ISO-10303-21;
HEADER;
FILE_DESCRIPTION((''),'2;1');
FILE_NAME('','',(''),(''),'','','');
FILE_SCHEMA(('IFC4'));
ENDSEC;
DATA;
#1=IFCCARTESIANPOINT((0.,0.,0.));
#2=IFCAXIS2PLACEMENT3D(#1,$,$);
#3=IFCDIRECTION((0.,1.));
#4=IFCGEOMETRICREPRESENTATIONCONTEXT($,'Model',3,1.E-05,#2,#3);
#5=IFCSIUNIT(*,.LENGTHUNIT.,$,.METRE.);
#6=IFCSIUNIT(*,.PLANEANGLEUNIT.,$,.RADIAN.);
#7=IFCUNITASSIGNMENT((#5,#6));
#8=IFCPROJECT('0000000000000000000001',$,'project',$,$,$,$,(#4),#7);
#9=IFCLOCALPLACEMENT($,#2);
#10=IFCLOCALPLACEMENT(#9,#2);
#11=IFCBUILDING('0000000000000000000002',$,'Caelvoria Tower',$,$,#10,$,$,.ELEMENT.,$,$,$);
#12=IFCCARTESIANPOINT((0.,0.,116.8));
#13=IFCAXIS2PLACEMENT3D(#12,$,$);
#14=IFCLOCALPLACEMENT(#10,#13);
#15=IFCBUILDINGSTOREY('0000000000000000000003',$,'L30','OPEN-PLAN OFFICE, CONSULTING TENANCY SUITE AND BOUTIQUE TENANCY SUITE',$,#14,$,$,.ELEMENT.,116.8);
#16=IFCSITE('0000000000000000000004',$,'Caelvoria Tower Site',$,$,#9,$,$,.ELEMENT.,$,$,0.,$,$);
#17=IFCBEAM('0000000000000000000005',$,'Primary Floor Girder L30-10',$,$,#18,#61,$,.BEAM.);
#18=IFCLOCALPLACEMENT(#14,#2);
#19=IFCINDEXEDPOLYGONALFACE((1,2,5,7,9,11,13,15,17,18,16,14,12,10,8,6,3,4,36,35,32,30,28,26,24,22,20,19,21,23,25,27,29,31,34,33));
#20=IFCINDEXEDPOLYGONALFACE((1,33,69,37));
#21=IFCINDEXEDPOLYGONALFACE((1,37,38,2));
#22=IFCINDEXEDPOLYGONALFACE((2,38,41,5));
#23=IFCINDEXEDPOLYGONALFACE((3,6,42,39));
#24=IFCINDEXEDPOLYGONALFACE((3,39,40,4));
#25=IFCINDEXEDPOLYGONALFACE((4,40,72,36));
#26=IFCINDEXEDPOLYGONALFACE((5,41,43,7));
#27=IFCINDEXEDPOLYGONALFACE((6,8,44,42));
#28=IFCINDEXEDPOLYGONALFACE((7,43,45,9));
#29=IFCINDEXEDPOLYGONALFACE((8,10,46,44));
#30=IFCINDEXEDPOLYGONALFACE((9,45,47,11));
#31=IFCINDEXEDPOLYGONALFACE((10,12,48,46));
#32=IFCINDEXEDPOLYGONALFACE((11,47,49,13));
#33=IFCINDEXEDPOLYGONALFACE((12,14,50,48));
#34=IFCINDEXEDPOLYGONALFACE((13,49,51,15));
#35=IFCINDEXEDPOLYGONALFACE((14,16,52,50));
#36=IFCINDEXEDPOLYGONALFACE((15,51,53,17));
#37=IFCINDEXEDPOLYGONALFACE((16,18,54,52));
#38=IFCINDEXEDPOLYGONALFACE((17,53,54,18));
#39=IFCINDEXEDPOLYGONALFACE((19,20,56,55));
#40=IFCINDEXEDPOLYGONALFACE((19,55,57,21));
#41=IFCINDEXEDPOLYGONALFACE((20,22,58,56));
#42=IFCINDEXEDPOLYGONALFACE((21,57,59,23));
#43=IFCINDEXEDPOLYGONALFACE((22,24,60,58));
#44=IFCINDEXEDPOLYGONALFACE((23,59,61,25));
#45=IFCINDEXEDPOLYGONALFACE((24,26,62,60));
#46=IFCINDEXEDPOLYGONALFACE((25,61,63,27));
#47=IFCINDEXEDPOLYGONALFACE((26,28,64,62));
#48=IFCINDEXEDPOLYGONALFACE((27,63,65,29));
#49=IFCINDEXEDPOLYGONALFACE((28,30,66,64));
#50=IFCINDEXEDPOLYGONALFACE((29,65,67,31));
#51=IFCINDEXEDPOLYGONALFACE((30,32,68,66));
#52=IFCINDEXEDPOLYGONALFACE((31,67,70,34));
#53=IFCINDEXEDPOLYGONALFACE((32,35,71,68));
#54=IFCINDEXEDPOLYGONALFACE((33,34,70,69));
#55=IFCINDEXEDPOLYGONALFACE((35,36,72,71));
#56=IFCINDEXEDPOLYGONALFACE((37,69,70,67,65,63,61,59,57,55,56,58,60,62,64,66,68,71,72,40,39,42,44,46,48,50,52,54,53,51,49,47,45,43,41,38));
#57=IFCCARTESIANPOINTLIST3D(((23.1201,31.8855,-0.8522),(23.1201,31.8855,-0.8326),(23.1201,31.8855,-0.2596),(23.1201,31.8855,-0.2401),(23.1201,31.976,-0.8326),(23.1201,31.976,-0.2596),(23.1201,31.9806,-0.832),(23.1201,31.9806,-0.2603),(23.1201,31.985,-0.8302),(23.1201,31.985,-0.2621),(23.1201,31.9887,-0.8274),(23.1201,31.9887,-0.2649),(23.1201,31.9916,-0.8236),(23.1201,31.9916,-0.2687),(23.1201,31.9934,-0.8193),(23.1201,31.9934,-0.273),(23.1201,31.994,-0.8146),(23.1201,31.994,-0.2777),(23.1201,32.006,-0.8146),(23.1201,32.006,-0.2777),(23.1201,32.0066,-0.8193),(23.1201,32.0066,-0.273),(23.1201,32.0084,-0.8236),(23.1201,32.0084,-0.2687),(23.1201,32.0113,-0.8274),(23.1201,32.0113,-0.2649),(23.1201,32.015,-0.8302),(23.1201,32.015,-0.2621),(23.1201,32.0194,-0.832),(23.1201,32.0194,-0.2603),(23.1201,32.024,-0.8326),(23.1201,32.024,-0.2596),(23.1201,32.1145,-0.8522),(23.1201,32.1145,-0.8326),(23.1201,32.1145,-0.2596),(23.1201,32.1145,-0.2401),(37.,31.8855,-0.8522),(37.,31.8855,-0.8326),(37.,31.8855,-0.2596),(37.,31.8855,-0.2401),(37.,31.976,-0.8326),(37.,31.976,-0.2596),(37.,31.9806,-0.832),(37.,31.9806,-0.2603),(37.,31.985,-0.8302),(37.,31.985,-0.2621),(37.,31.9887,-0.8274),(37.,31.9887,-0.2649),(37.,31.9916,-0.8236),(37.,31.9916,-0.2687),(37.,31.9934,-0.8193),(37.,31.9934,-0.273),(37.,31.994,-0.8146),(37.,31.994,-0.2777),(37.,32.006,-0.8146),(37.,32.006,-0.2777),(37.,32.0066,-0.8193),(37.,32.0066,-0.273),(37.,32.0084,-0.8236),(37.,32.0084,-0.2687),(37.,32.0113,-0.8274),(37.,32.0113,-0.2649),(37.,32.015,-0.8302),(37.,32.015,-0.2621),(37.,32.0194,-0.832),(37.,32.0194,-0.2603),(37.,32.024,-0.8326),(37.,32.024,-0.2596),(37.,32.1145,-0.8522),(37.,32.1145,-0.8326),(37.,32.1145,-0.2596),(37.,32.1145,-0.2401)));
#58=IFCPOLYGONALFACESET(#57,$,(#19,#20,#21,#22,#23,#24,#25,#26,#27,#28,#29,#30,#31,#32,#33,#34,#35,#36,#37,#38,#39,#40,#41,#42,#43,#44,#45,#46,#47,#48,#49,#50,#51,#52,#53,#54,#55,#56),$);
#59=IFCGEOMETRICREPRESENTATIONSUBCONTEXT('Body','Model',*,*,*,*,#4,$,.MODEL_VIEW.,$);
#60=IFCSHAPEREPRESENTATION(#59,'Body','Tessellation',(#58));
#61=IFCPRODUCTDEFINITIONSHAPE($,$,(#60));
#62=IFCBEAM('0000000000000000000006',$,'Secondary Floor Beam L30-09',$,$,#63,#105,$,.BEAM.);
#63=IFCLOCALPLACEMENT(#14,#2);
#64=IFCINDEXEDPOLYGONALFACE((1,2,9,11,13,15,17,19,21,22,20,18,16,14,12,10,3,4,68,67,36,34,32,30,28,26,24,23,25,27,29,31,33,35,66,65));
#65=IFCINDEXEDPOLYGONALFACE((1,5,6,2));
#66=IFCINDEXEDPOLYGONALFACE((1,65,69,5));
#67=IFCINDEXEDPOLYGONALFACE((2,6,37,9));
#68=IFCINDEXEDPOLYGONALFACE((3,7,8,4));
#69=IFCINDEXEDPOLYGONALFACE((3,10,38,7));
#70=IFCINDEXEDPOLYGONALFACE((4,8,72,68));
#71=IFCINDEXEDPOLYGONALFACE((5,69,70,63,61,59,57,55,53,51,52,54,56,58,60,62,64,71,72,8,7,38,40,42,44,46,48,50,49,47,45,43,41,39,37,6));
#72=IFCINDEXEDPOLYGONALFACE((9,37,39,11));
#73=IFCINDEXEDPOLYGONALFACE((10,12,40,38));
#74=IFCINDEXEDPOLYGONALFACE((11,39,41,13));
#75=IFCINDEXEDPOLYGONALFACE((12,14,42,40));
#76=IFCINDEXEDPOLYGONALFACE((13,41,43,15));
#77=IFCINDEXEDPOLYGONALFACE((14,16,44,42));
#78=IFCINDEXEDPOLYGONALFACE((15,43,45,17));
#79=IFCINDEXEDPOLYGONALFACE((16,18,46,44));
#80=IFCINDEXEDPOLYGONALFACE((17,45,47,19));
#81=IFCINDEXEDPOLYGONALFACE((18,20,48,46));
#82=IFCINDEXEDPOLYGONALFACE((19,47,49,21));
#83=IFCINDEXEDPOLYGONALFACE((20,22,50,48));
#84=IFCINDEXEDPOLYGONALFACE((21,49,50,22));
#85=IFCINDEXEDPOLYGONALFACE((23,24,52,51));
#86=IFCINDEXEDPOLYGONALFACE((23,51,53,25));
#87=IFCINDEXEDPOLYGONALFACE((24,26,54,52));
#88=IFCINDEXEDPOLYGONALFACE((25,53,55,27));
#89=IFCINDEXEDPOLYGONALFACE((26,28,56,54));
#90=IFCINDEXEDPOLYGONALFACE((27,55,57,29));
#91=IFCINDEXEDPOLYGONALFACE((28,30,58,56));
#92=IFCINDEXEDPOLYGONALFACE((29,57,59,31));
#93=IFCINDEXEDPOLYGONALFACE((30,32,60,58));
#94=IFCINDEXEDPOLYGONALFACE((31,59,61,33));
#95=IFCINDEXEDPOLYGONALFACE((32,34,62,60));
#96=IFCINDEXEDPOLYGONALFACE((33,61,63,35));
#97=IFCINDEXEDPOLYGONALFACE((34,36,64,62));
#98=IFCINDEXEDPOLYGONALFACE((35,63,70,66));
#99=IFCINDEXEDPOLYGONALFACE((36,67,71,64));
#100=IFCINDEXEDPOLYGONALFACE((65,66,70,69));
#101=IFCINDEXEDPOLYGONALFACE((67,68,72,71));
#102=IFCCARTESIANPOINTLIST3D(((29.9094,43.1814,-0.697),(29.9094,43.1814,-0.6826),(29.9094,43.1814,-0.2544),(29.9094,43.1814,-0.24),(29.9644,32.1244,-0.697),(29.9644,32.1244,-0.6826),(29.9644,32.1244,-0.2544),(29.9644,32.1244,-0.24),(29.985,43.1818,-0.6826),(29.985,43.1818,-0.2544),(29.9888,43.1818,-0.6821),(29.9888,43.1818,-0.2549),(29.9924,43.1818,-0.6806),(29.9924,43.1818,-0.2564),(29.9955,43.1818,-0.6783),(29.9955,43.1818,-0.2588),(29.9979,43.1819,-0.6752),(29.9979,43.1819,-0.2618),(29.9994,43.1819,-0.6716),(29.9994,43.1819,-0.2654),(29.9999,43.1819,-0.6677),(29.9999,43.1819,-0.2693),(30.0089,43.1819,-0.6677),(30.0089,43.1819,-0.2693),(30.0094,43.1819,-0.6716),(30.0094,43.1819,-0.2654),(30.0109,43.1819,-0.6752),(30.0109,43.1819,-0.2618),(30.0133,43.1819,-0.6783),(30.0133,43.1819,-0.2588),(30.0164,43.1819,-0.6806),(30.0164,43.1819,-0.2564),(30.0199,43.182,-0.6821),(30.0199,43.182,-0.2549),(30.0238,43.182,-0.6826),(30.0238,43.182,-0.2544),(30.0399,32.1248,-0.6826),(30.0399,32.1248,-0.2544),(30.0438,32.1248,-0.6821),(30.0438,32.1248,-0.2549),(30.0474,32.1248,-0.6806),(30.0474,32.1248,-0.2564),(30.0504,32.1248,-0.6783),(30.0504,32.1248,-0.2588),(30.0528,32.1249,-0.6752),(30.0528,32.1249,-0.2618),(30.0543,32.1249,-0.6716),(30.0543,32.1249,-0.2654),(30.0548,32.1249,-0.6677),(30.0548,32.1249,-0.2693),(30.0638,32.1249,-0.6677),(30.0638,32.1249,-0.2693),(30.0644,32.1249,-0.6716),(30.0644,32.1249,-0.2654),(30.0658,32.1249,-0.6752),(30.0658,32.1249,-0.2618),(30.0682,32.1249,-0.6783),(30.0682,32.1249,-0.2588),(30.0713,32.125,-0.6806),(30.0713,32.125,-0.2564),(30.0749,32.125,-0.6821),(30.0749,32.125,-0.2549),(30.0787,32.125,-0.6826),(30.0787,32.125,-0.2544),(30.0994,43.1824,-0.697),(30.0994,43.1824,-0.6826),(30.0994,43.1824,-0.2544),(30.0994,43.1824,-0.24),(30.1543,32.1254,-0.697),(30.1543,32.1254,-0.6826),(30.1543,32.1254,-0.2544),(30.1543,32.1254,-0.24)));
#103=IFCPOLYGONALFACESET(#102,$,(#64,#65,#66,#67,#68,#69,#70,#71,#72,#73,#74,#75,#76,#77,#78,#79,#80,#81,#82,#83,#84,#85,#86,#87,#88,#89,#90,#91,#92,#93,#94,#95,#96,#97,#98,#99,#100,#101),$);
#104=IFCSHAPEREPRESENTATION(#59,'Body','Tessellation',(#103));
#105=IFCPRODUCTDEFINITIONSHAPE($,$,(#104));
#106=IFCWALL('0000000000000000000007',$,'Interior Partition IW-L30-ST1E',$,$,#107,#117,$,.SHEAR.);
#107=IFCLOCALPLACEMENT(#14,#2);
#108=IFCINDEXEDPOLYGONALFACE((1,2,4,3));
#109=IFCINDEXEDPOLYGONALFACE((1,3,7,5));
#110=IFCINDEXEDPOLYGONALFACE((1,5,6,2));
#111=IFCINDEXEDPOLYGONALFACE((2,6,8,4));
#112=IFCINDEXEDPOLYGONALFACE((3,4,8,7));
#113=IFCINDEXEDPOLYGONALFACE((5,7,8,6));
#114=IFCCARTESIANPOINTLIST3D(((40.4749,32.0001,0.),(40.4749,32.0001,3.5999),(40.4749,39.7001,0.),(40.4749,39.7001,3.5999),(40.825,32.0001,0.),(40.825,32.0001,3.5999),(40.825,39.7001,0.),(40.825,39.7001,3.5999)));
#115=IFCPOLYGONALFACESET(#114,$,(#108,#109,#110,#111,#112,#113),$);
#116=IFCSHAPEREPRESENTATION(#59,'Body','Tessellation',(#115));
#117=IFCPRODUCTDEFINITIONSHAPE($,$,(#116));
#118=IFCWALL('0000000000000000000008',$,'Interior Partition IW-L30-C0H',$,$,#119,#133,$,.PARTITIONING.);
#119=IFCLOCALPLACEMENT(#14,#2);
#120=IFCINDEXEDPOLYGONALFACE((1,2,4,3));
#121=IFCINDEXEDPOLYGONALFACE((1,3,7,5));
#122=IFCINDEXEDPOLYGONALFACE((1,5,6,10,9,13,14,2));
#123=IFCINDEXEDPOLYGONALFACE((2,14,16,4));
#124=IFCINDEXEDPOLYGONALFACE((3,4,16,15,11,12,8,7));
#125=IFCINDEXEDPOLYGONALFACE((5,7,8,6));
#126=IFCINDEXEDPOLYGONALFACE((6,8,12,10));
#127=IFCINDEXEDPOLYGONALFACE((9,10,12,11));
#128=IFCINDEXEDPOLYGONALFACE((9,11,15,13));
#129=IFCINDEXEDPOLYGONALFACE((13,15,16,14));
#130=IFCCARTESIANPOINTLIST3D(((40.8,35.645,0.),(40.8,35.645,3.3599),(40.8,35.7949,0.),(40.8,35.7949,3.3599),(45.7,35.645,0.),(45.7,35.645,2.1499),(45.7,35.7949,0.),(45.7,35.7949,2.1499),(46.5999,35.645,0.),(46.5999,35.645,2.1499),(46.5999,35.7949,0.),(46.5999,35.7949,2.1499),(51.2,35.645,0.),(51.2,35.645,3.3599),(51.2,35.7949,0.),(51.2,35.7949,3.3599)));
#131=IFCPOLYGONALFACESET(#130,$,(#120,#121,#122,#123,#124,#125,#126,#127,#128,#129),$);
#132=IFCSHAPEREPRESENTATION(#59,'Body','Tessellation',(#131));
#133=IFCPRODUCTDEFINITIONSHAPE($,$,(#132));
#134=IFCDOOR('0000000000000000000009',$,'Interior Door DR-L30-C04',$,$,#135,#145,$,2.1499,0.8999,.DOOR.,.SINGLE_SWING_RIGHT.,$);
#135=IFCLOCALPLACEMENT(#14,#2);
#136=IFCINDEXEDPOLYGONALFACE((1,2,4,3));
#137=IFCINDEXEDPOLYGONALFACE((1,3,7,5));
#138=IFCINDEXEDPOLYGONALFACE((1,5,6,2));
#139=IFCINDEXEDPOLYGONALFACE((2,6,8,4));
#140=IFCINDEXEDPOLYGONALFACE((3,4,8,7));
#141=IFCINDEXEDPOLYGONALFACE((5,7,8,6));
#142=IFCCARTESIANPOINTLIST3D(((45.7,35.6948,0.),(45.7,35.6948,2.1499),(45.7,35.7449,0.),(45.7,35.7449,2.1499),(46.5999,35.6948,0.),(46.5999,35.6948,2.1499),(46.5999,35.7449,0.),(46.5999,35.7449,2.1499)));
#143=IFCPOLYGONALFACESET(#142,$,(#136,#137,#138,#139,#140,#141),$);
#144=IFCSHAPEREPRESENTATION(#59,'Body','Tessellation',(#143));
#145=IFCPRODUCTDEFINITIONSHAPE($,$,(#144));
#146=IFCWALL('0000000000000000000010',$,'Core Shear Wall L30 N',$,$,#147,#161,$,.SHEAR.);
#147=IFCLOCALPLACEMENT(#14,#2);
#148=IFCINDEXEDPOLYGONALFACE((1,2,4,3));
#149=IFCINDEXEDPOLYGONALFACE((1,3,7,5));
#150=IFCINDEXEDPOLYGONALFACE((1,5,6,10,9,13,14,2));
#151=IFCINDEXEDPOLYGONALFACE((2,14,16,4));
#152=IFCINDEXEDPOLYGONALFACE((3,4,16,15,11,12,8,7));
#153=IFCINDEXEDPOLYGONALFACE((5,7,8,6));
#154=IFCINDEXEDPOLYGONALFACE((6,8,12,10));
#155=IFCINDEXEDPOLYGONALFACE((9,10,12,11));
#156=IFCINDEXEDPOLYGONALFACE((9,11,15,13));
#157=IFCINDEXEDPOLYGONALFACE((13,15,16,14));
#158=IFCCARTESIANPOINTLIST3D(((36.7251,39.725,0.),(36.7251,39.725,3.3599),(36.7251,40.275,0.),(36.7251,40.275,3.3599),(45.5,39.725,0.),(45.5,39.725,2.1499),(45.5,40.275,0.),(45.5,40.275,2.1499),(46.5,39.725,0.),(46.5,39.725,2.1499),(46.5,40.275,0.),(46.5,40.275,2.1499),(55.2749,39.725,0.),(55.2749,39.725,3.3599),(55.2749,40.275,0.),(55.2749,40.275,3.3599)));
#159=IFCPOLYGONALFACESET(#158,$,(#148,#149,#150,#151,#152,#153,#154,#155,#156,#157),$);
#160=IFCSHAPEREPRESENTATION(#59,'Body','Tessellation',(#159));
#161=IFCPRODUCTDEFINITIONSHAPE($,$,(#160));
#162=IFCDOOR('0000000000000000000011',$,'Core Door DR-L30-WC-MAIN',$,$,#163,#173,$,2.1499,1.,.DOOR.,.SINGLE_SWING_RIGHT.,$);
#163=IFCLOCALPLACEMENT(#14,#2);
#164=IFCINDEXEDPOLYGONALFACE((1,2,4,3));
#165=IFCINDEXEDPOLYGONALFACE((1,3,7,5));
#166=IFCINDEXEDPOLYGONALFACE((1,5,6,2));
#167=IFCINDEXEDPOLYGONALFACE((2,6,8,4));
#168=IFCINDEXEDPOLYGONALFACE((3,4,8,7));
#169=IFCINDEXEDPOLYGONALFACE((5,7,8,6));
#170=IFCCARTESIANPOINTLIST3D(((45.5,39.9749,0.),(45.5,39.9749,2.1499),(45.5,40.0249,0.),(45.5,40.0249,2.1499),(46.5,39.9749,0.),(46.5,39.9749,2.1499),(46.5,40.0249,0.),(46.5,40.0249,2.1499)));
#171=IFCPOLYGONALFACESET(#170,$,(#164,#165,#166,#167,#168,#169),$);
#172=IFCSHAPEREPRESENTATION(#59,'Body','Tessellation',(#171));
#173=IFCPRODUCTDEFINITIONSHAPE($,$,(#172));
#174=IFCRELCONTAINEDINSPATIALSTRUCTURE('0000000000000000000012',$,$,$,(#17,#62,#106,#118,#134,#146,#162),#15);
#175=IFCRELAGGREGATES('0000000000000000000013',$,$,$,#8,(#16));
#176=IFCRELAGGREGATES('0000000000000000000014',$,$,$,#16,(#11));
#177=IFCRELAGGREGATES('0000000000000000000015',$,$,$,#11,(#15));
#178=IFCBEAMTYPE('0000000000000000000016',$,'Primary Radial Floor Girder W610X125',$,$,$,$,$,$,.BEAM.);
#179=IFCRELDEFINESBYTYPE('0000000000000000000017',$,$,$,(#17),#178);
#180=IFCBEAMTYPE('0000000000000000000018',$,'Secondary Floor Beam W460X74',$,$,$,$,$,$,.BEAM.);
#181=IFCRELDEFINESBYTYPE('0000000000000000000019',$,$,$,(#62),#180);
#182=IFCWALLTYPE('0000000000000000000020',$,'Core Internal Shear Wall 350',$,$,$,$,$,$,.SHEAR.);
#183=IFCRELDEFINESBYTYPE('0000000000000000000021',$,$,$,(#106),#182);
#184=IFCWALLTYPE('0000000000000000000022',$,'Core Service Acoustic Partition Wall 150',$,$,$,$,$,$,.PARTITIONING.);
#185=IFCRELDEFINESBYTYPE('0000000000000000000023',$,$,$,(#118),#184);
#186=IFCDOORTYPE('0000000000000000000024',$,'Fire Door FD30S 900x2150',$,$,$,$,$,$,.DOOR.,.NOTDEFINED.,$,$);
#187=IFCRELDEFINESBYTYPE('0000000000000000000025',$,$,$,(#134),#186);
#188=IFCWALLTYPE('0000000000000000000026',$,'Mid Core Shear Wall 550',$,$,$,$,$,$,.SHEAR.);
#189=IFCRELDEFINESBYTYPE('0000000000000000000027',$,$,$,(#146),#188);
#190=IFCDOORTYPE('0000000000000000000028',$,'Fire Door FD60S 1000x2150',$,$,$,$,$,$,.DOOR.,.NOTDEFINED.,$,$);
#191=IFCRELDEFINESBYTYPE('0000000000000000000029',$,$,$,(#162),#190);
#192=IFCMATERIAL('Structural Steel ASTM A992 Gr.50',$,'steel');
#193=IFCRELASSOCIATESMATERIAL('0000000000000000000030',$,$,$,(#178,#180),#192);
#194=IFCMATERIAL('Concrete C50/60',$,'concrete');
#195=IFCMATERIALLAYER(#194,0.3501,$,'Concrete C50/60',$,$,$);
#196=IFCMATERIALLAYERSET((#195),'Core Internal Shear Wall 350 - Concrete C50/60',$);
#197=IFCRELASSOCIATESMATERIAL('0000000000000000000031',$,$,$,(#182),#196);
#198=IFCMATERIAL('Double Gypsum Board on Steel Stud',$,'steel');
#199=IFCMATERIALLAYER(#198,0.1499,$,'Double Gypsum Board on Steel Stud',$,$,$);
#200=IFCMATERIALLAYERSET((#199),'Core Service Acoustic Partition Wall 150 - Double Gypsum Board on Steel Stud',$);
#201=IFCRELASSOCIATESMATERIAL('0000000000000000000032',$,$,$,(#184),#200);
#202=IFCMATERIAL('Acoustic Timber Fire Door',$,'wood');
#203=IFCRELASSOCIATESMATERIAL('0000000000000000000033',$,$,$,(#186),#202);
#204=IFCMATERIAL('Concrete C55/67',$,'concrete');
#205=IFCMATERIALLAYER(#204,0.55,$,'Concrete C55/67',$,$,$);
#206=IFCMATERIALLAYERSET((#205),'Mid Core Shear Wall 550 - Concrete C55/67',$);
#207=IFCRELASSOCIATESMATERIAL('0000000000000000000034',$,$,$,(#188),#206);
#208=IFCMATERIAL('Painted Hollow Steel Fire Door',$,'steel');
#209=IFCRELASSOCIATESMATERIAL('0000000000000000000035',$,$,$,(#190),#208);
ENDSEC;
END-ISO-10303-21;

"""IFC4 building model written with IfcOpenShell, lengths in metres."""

from ifc_helpers import new_model, si_unit, direction, frame, frame_2d, origin, origin_2d, place, context, subcontext, project, spatial, rectangle, i_section, extrude, material, layer, layer_set, material_profile, profile_set, type_object, element, fill, save


model = new_model("IFC4")

# Units and contexts
model_context = context("Model", 3, precision=1e-05, world=origin(), true_north=direction((0.0, 1.0)))
body_context = subcontext(model_context, "Body", "Model", "MODEL_VIEW")
ifc_project = project(units=[si_unit("LENGTHUNIT", "METRE"), si_unit("PLANEANGLEUNIT", "RADIAN")], contexts=[model_context])

# Site, building, storey
site_placement = place(None, origin())
site = spatial("IfcSite", under=ifc_project, at=site_placement, Name="Caelvoria Tower Site", CompositionType="ELEMENT", RefElevation=0.0)
building_placement = place(site_placement, origin())
building = spatial("IfcBuilding", under=site, at=building_placement, Name="Caelvoria Tower", CompositionType="ELEMENT")
storey_placement = place(building_placement, frame((0.0, 0.0, 116.8)))
storey = spatial("IfcBuildingStorey", under=building, at=storey_placement, Name="L30", Description="OPEN-PLAN OFFICE, CONSULTING TENANCY SUITE AND BOUTIQUE TENANCY SUITE", CompositionType="ELEMENT", Elevation=116.8)

# Beams
ifc_material_1 = material(Name="Structural Steel ASTM A992 Gr.50", Category="steel")
ifc_material_profile_1 = material_profile(ifc_material_1, i_section(OverallWidth=0.229, OverallDepth=0.6121, WebThickness=0.012, FlangeThickness=0.0195, FilletRadius=0.0181, at=origin_2d()), Name="Structural Steel ASTM A992 Gr.50")
ifc_profile_set_1 = profile_set([ifc_material_profile_1], Name="W610X125 - Structural Steel ASTM A992 Gr.50")
beam_type_1 = type_object("IfcBeamType", Name="Primary Radial Floor Girder W610X125", PredefinedType="BEAM", material=ifc_profile_set_1)
beam_1_placement = place(storey_placement, frame((37.0, 32.0, -0.5461), z_axis=(-1.0, 0.0, 0.0), x_axis=(0.0, -1.0, 0.0)))
element("IfcBeam", 1, at=beam_1_placement, inside=storey, type_object=beam_type_1, Name="Primary Floor Girder L30-10", PredefinedType="BEAM", context=body_context, shape_type="SweptSolid", body=[
    extrude(i_section(OverallWidth=0.229, OverallDepth=0.6121, WebThickness=0.012, FlangeThickness=0.0195, FilletRadius=0.0181, at=origin_2d()), origin(), (0.0, 0.0, 1.0), 13.8799),
])
ifc_material_profile_2 = material_profile(ifc_material_1, i_section(OverallWidth=0.1899, OverallDepth=0.457, WebThickness=0.009, FlangeThickness=0.0144, FilletRadius=0.0149, at=origin_2d()), Name="Structural Steel ASTM A992 Gr.50")
ifc_profile_set_2 = profile_set([ifc_material_profile_2], Name="W460X74 - Structural Steel ASTM A992 Gr.50")
beam_type_2 = type_object("IfcBeamType", Name="Secondary Floor Beam W460X74", PredefinedType="BEAM", material=ifc_profile_set_2)
beam_2_placement = place(storey_placement, frame((30.0044, 43.1819, -0.4685), z_axis=(0.004968, -0.999988, 0.0), x_axis=(0.999988, 0.004968, 0.0)))
element("IfcBeam", 2, at=beam_2_placement, inside=storey, type_object=beam_type_2, Name="Secondary Floor Beam L30-09", PredefinedType="BEAM", context=body_context, shape_type="SweptSolid", body=[
    extrude(i_section(OverallWidth=0.1899, OverallDepth=0.457, WebThickness=0.009, FlangeThickness=0.0144, FilletRadius=0.0149, at=origin_2d()), origin(), (0.0, 0.0, 1.0), 11.0571),
])

# Wall
ifc_material_2 = material(Name="Concrete C50/60", Category="concrete")
ifc_layer_1 = layer(ifc_material_2, 0.3501, Name="Concrete C50/60")
ifc_layer_set_1 = layer_set([ifc_layer_1], Name="Core Internal Shear Wall 350 - Concrete C50/60")
wall_type_1 = type_object("IfcWallType", Name="Core Internal Shear Wall 350", PredefinedType="SHEAR", material=ifc_layer_set_1)
wall_1_placement = place(storey_placement, frame((40.6499, 32.0, 0.0), z_axis=(0.0, 0.0, 1.0), x_axis=(0.0, 1.0, 0.0)))
element("IfcWall", 3, at=wall_1_placement, inside=storey, type_object=wall_type_1, Name="Interior Partition IW-L30-ST1E", PredefinedType="SHEAR", context=body_context, shape_type="SweptSolid", body=[
    extrude(rectangle(XDim=7.7, YDim=0.3501, at=frame_2d((3.8501, 0.0))), origin(), (0.0, 0.0, 1.0), 3.5999),
])

# Walls, openings, doors
ifc_material_3 = material(Name="Double Gypsum Board on Steel Stud", Category="steel")
ifc_layer_2 = layer(ifc_material_3, 0.1499, Name="Double Gypsum Board on Steel Stud")
ifc_layer_set_2 = layer_set([ifc_layer_2], Name="Core Service Acoustic Partition Wall 150 - Double Gypsum Board on Steel Stud")
wall_type_2 = type_object("IfcWallType", Name="Core Service Acoustic Partition Wall 150", PredefinedType="PARTITIONING", material=ifc_layer_set_2)
wall_2_placement = place(storey_placement, frame((40.8, 35.72, 0.0), z_axis=(0.0, 0.0, 1.0), x_axis=(1.0, 0.0, 0.0)))
wall_2 = element("IfcWall", 4, at=wall_2_placement, inside=storey, type_object=wall_type_2, Name="Interior Partition IW-L30-C0H", PredefinedType="PARTITIONING", context=body_context, shape_type="SweptSolid", body=[
    extrude(rectangle(XDim=10.3999, YDim=0.1499, at=frame_2d((5.2, 0.0))), origin(), (0.0, 0.0, 1.0), 3.3599),
])
opening_1_placement = place(wall_2_placement, frame((4.8999, 0.0, 0.0)))
opening_1 = element("IfcOpeningElement", 5, at=opening_1_placement, cuts=wall_2, PredefinedType="OPENING", context=body_context, shape_type="SweptSolid", body=[
    extrude(rectangle(XDim=0.8999, YDim=2.1499, at=frame_2d((0.45, 1.075))), frame((0.0, 0.085, 0.0), z_axis=(0.0, -1.0, 0.0), x_axis=(1.0, 0.0, 0.0)), (0.0, 0.0, 1.0), 0.1699),
])
ifc_material_4 = material(Name="Acoustic Timber Fire Door", Category="wood")
door_type_1 = type_object("IfcDoorType", Name="Fire Door FD30S 900x2150", OperationType="NOTDEFINED", PredefinedType="DOOR", material=ifc_material_4)
door_1_placement = place(opening_1_placement, origin())
door_1 = element("IfcDoor", 6, at=door_1_placement, inside=storey, type_object=door_type_1, Name="Interior Door DR-L30-C04", OperationType="SINGLE_SWING_RIGHT", OverallHeight=2.1499, OverallWidth=0.8999, PredefinedType="DOOR", context=body_context, shape_type="SweptSolid", body=[
    extrude(rectangle(XDim=0.8999, YDim=2.1499, at=frame_2d((0.45, 1.075))), frame((0.0, 0.0249, 0.0), z_axis=(0.0, -1.0, 0.0), x_axis=(1.0, 0.0, 0.0)), (0.0, 0.0, 1.0), 0.05),
])
fill(opening_1, door_1)
ifc_material_5 = material(Name="Concrete C55/67", Category="concrete")
ifc_layer_3 = layer(ifc_material_5, 0.55, Name="Concrete C55/67")
ifc_layer_set_3 = layer_set([ifc_layer_3], Name="Mid Core Shear Wall 550 - Concrete C55/67")
wall_type_3 = type_object("IfcWallType", Name="Mid Core Shear Wall 550", PredefinedType="SHEAR", material=ifc_layer_set_3)
wall_3_placement = place(storey_placement, frame((36.7251, 40.0, 0.0), z_axis=(0.0, 0.0, 1.0), x_axis=(1.0, 0.0, 0.0)))
wall_3 = element("IfcWall", 7, at=wall_3_placement, inside=storey, type_object=wall_type_3, Name="Core Shear Wall L30 N", PredefinedType="SHEAR", context=body_context, shape_type="SweptSolid", body=[
    extrude(rectangle(XDim=18.5498, YDim=0.55, at=frame_2d((9.2749, 0.0))), origin(), (0.0, 0.0, 1.0), 3.3599),
])
opening_2_placement = place(wall_3_placement, frame((8.7749, 0.0, 0.0)))
opening_2 = element("IfcOpeningElement", 8, at=opening_2_placement, cuts=wall_3, PredefinedType="OPENING", context=body_context, shape_type="SweptSolid", body=[
    extrude(rectangle(XDim=1.0, YDim=2.1499, at=frame_2d((0.5, 1.075))), frame((0.0, 0.2849, 0.0), z_axis=(0.0, -1.0, 0.0), x_axis=(1.0, 0.0, 0.0)), (0.0, 0.0, 1.0), 0.5701),
])
ifc_material_6 = material(Name="Painted Hollow Steel Fire Door", Category="steel")
door_type_2 = type_object("IfcDoorType", Name="Fire Door FD60S 1000x2150", OperationType="NOTDEFINED", PredefinedType="DOOR", material=ifc_material_6)
door_2_placement = place(opening_2_placement, origin())
door_2 = element("IfcDoor", 9, at=door_2_placement, inside=storey, type_object=door_type_2, Name="Core Door DR-L30-WC-MAIN", OperationType="SINGLE_SWING_RIGHT", OverallHeight=2.1499, OverallWidth=1.0, PredefinedType="DOOR", context=body_context, shape_type="SweptSolid", body=[
    extrude(rectangle(XDim=1.0, YDim=2.1499, at=frame_2d((0.5, 1.075))), frame((0.0, 0.0249, 0.0), z_axis=(0.0, -1.0, 0.0), x_axis=(1.0, 0.0, 0.0)), (0.0, 0.0, 1.0), 0.05),
])
fill(opening_2, door_2)

save(model, "model.ifc")
